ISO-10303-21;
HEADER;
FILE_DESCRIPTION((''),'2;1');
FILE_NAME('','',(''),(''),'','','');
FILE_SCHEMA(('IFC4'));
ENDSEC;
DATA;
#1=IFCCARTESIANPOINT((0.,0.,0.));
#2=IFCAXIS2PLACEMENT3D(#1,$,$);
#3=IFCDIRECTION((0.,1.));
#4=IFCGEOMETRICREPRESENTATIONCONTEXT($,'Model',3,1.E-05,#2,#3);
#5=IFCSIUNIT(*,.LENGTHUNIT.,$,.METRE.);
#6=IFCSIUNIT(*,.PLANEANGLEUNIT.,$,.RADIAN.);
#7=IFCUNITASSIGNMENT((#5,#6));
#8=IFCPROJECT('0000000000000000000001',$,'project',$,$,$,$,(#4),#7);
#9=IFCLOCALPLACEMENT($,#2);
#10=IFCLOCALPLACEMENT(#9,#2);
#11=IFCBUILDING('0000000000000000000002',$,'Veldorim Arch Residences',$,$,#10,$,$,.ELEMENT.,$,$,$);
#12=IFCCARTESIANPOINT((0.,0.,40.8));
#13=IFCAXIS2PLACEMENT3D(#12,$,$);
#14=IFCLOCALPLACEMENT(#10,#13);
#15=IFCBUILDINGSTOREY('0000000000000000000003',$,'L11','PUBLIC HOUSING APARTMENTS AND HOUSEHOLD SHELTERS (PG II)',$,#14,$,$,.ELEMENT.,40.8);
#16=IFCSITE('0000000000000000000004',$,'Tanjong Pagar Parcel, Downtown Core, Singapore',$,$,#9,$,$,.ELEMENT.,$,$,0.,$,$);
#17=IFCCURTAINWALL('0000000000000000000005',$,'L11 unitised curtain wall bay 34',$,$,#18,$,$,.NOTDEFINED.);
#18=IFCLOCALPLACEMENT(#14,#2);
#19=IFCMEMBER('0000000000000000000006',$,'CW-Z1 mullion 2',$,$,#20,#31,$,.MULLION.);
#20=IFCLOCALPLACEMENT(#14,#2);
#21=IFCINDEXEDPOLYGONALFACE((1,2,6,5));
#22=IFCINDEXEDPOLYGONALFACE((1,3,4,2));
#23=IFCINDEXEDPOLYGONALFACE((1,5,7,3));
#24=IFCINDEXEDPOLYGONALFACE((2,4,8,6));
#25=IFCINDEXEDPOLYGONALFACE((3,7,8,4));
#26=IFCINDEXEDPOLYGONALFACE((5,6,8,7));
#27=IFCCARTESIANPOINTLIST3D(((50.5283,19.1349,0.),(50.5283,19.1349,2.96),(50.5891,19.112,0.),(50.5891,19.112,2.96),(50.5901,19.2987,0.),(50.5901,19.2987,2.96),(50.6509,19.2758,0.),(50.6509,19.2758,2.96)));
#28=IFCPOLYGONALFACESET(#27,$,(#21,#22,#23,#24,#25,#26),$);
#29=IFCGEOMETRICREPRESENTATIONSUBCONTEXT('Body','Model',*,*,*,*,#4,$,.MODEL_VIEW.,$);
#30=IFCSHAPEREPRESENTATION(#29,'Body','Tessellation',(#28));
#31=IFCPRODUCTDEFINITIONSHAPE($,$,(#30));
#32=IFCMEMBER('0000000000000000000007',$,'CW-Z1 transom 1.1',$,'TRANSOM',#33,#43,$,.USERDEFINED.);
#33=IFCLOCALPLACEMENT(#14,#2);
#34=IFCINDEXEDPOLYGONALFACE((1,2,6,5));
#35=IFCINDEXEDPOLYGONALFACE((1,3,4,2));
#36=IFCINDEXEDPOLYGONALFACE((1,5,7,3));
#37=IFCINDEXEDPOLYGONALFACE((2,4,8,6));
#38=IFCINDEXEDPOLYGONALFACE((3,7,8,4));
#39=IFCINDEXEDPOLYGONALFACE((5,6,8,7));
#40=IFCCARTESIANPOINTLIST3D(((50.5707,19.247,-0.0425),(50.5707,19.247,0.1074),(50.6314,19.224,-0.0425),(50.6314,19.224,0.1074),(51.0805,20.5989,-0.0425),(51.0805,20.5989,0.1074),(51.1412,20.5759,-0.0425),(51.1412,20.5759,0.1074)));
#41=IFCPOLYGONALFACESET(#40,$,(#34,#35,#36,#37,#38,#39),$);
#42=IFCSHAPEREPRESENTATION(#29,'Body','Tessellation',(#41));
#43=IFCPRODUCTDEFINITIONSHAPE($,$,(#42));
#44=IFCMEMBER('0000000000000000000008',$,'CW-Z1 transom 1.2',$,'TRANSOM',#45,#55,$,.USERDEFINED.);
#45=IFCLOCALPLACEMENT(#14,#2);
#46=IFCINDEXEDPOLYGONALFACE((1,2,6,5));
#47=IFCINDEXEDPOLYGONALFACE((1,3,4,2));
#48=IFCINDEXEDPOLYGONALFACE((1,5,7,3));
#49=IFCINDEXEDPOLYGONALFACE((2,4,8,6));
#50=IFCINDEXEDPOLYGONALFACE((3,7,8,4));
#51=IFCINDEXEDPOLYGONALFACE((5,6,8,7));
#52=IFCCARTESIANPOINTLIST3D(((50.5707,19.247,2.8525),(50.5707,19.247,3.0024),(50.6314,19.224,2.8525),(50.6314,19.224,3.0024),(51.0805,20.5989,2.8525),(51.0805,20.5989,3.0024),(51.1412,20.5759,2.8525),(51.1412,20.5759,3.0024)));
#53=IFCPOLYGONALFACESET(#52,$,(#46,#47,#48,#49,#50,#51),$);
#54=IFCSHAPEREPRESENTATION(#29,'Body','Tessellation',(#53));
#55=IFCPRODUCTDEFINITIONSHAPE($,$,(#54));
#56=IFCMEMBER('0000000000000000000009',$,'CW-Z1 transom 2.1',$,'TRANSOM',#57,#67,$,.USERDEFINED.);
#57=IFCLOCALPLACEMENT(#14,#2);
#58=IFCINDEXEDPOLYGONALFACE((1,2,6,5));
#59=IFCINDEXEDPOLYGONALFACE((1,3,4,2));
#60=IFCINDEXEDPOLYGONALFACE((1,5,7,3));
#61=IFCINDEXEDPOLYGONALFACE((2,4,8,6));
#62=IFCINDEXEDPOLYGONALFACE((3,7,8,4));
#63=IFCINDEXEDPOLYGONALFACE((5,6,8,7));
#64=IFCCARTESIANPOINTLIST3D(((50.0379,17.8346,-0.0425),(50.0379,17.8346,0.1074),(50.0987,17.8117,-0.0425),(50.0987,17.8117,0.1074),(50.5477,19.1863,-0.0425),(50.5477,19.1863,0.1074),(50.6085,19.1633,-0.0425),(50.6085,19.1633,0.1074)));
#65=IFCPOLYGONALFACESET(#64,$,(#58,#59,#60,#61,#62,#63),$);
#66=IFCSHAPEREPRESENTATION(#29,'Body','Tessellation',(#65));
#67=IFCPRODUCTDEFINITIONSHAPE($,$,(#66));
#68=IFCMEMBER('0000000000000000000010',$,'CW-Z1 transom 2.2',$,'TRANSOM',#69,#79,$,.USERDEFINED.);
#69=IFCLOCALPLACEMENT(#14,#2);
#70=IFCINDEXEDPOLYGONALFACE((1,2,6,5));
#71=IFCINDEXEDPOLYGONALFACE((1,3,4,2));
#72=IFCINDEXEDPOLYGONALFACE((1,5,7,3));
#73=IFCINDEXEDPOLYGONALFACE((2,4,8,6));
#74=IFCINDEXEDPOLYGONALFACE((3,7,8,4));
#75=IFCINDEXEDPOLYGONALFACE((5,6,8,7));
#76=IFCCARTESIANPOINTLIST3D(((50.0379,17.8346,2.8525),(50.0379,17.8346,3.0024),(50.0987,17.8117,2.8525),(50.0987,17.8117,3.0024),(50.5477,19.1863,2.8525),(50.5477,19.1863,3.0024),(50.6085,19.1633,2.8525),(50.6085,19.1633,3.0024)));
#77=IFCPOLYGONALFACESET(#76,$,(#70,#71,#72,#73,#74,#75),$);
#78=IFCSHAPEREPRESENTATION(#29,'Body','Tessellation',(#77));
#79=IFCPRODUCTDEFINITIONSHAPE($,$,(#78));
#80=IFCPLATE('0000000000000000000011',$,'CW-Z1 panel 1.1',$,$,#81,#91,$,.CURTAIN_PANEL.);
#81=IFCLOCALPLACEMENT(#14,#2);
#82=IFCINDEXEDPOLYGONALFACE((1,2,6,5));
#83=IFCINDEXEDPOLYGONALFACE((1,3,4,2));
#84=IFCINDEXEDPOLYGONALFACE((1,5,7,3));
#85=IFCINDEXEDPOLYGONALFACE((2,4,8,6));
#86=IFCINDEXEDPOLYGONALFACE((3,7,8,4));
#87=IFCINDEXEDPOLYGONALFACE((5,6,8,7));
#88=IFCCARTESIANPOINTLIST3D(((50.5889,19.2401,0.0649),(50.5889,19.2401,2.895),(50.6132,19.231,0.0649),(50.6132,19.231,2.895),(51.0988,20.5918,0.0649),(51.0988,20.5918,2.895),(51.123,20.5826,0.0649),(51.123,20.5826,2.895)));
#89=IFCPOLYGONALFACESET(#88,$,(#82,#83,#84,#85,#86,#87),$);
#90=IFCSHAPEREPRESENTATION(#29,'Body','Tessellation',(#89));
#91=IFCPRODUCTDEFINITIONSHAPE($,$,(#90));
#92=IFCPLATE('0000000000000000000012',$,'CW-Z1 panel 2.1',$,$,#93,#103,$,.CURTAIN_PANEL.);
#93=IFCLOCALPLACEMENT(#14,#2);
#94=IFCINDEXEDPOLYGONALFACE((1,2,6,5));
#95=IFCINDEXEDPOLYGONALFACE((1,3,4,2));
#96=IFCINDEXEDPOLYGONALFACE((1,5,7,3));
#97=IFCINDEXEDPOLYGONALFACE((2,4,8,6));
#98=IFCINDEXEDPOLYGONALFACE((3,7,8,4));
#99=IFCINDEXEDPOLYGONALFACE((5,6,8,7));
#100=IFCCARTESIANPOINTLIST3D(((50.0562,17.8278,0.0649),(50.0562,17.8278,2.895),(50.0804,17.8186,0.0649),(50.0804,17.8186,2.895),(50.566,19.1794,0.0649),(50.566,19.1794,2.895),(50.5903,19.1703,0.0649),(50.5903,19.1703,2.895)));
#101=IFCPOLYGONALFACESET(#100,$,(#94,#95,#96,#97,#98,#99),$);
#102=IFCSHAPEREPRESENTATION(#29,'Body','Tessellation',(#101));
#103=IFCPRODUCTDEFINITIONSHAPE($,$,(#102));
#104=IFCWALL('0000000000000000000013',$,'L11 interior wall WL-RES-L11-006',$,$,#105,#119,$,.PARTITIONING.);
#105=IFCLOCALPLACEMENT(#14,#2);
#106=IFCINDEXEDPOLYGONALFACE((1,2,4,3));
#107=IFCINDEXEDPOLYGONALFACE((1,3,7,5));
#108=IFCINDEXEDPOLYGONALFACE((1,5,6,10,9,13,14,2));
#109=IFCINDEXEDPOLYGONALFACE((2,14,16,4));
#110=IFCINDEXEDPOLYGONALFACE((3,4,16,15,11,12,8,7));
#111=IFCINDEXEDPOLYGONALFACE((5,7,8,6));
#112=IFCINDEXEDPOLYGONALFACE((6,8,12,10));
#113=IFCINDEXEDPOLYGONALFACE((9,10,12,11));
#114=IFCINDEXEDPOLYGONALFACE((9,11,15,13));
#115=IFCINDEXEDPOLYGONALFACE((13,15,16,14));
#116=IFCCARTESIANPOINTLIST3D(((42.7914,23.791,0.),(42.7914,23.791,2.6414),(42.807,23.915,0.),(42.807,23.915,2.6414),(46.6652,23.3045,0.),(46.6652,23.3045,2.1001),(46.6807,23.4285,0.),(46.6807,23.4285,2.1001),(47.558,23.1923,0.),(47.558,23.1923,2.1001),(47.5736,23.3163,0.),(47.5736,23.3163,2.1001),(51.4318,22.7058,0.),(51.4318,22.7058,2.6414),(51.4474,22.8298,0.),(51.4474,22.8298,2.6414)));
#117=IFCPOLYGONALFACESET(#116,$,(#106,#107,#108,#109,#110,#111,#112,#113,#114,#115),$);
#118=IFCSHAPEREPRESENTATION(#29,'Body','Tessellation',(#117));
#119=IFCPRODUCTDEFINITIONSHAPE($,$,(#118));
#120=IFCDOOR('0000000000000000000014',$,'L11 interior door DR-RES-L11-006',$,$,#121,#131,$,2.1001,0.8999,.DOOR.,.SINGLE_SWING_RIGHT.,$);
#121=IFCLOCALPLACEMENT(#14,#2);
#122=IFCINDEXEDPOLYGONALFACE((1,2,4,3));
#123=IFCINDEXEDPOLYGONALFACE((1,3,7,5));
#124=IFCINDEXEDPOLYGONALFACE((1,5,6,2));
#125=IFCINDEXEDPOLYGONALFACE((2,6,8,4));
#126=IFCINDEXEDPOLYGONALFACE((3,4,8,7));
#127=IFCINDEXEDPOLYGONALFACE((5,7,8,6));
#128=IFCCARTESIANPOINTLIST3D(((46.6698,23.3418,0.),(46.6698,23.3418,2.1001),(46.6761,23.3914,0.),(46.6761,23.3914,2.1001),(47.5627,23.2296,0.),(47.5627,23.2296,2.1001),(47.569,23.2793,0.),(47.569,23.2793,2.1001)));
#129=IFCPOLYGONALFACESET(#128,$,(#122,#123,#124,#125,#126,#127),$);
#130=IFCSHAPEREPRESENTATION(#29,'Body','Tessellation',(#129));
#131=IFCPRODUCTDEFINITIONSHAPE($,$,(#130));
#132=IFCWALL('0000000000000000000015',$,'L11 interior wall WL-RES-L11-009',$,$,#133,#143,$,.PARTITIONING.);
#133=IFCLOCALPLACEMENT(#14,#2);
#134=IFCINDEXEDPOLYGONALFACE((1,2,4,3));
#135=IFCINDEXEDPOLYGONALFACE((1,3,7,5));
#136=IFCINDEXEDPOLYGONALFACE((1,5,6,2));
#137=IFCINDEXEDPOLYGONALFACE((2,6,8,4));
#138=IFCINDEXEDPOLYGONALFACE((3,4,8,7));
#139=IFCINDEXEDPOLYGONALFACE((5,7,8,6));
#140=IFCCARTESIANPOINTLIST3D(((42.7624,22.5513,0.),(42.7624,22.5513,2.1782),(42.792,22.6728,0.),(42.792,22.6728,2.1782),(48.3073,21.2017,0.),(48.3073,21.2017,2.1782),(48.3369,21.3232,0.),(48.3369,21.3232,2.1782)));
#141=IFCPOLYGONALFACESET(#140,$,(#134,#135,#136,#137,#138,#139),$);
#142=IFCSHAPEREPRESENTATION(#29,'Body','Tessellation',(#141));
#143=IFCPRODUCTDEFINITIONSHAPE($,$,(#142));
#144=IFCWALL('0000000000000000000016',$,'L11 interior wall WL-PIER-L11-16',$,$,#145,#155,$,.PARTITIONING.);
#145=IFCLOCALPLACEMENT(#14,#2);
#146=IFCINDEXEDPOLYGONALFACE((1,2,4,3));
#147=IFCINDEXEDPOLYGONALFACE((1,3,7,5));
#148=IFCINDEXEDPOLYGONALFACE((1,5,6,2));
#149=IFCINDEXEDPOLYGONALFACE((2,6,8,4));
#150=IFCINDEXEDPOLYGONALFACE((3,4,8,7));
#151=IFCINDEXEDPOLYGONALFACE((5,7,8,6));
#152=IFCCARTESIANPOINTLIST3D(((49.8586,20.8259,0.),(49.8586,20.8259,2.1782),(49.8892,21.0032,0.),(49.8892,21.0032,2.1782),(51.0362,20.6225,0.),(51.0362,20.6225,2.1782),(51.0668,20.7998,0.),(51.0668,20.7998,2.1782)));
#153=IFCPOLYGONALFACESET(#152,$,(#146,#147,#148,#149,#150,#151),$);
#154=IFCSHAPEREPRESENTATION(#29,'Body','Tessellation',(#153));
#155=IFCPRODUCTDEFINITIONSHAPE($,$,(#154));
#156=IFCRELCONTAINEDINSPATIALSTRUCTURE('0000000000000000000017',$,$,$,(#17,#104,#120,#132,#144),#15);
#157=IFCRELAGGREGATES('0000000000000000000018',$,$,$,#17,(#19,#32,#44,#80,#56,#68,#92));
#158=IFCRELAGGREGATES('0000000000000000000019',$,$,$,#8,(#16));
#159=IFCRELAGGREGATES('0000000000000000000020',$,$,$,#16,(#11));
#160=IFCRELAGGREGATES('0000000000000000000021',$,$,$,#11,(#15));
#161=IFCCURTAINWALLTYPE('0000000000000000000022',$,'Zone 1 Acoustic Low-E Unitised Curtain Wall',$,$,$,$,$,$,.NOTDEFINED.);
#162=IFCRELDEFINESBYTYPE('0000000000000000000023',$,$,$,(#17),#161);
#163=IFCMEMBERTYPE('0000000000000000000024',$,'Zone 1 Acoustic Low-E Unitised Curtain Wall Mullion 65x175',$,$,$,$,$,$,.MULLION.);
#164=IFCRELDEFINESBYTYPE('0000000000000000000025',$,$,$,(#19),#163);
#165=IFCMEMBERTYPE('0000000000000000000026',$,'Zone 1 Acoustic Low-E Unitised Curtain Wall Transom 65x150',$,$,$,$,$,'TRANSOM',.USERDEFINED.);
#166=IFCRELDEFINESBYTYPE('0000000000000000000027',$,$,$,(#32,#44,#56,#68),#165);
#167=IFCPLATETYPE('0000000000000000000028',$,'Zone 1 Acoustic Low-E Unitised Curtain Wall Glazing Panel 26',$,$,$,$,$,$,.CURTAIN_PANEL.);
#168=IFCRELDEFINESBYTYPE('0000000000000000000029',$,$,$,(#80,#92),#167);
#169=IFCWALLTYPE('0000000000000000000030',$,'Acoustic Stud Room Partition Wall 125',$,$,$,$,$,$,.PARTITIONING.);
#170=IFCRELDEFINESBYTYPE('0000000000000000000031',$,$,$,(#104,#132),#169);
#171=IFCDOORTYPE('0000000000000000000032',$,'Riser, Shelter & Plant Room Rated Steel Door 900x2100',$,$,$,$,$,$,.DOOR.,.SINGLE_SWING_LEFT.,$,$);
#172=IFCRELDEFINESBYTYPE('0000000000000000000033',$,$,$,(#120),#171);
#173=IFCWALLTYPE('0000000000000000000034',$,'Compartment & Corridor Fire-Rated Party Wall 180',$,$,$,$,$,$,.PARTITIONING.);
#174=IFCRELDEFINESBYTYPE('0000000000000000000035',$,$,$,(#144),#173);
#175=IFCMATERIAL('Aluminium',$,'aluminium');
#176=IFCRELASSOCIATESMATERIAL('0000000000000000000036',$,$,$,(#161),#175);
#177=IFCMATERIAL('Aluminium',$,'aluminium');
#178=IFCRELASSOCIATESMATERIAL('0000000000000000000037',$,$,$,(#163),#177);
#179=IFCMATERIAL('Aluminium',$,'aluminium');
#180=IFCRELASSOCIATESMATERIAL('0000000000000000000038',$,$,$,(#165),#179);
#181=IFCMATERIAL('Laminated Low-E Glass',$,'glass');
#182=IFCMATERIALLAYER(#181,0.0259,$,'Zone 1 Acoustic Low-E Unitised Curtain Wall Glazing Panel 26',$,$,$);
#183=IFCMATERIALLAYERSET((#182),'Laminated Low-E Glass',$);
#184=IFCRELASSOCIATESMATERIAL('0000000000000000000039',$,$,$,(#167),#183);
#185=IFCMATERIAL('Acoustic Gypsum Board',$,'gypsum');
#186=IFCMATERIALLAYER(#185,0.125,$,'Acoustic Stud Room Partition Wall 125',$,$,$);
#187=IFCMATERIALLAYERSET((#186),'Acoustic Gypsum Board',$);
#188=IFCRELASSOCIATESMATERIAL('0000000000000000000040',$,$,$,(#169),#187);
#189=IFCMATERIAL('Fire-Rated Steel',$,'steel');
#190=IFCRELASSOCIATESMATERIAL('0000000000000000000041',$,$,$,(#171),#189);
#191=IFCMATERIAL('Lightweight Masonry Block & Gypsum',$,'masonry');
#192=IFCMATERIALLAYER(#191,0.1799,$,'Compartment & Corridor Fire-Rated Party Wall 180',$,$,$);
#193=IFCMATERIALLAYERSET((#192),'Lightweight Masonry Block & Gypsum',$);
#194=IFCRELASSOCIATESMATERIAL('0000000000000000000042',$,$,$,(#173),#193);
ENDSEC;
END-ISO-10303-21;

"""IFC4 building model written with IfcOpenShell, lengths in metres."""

from ifc_helpers import new_model, si_unit, direction, frame, frame_2d, origin, origin_2d, place, context, subcontext, project, spatial, rectangle, extrude, material, layer, layer_set, material_profile, profile_set, type_object, element, fill, aggregate, save


model = new_model("IFC4")

# Units and contexts
model_context = context("Model", 3, precision=1e-05, world=origin(), true_north=direction((0.0, 1.0)))
body_context = subcontext(model_context, "Body", "Model", "MODEL_VIEW")
ifc_project = project(units=[si_unit("LENGTHUNIT", "METRE"), si_unit("PLANEANGLEUNIT", "RADIAN")], contexts=[model_context])

# Site, building, storey
site_placement = place(None, origin())
site = spatial("IfcSite", under=ifc_project, at=site_placement, Name="Tanjong Pagar Parcel, Downtown Core, Singapore", CompositionType="ELEMENT", RefElevation=0.0)
building_placement = place(site_placement, origin())
building = spatial("IfcBuilding", under=site, at=building_placement, Name="Veldorim Arch Residences", CompositionType="ELEMENT")
storey_placement = place(building_placement, frame((0.0, 0.0, 40.8)))
storey = spatial("IfcBuildingStorey", under=building, at=storey_placement, Name="L11", Description="PUBLIC HOUSING APARTMENTS AND HOUSEHOLD SHELTERS (PG II)", CompositionType="ELEMENT", Elevation=40.8)

# Curtain wall, members, plates
ifc_material_1 = material(Name="Aluminium", Category="aluminium")
curtain_wall_type = type_object("IfcCurtainWallType", Name="Zone 1 Acoustic Low-E Unitised Curtain Wall", PredefinedType="NOTDEFINED", material=ifc_material_1)
curtain_wall_placement = place(storey_placement, origin())
curtain_wall = element("IfcCurtainWall", 1, at=curtain_wall_placement, inside=storey, type_object=curtain_wall_type, Name="L11 unitised curtain wall bay 34", PredefinedType="NOTDEFINED")
ifc_material_2 = material(Name="Aluminium", Category="aluminium")
ifc_material_profile_1 = material_profile(ifc_material_2, rectangle(XDim=0.0649, YDim=0.175, at=origin_2d()), Name="ALU_MUL_65x175")
ifc_profile_set_1 = profile_set([ifc_material_profile_1], Name="Aluminium")
member_type_1 = type_object("IfcMemberType", Name="Zone 1 Acoustic Low-E Unitised Curtain Wall Mullion 65x175", PredefinedType="MULLION", material=ifc_profile_set_1)
member_1_placement = place(storey_placement, frame((50.5896, 19.2053, 0.0), z_axis=(0.0, 0.0, 1.0), x_axis=(0.935656, -0.352914, 0.0)))
member_1 = element("IfcMember", 2, at=member_1_placement, type_object=member_type_1, Name="CW-Z1 mullion 2", PredefinedType="MULLION", context=body_context, shape_type="SweptSolid", body=[
    extrude(rectangle(XDim=0.0649, YDim=0.175, at=origin_2d()), origin(), (0.0, 0.0, 1.0), 2.96),
])
ifc_material_3 = material(Name="Aluminium", Category="aluminium")
ifc_material_profile_2 = material_profile(ifc_material_3, rectangle(XDim=0.0649, YDim=0.1499, at=origin_2d()), Name="ALU_TRN_65x150")
ifc_profile_set_2 = profile_set([ifc_material_profile_2], Name="Aluminium")
member_type_2 = type_object("IfcMemberType", Name="Zone 1 Acoustic Low-E Unitised Curtain Wall Transom 65x150", ElementType="TRANSOM", PredefinedType="USERDEFINED", material=ifc_profile_set_2)
member_2_placement = place(storey_placement, frame((51.1108, 20.5874, 0.0325), z_axis=(-0.352845, -0.935682, 0.0), x_axis=(0.935682, -0.352845, 0.0)))
member_2 = element("IfcMember", 3, at=member_2_placement, type_object=member_type_2, Name="CW-Z1 transom 1.1", ObjectType="TRANSOM", PredefinedType="USERDEFINED", context=body_context, shape_type="SweptSolid", body=[
    extrude(rectangle(XDim=0.0649, YDim=0.1499, at=origin_2d()), origin(), (0.0, 0.0, 1.0), 1.4448),
])
member_3_placement = place(storey_placement, frame((51.1108, 20.5874, 2.9275), z_axis=(-0.352845, -0.935682, 0.0), x_axis=(0.935682, -0.352845, 0.0)))
member_3 = element("IfcMember", 4, at=member_3_placement, type_object=member_type_2, Name="CW-Z1 transom 1.2", ObjectType="TRANSOM", PredefinedType="USERDEFINED", context=body_context, shape_type="SweptSolid", body=[
    extrude(rectangle(XDim=0.0649, YDim=0.1499, at=origin_2d()), origin(), (0.0, 0.0, 1.0), 1.4448),
])
member_4_placement = place(storey_placement, frame((50.5781, 19.1748, 0.0325), z_axis=(-0.352901, -0.935661, 0.0), x_axis=(0.935661, -0.352901, 0.0)))
member_4 = element("IfcMember", 5, at=member_4_placement, type_object=member_type_2, Name="CW-Z1 transom 2.1", ObjectType="TRANSOM", PredefinedType="USERDEFINED", context=body_context, shape_type="SweptSolid", body=[
    extrude(rectangle(XDim=0.0649, YDim=0.1499, at=origin_2d()), origin(), (0.0, 0.0, 1.0), 1.4446),
])
member_5_placement = place(storey_placement, frame((50.5781, 19.1748, 2.9275), z_axis=(-0.352901, -0.935661, 0.0), x_axis=(0.935661, -0.352901, 0.0)))
member_5 = element("IfcMember", 6, at=member_5_placement, type_object=member_type_2, Name="CW-Z1 transom 2.2", ObjectType="TRANSOM", PredefinedType="USERDEFINED", context=body_context, shape_type="SweptSolid", body=[
    extrude(rectangle(XDim=0.0649, YDim=0.1499, at=origin_2d()), origin(), (0.0, 0.0, 1.0), 1.4446),
])
ifc_material_4 = material(Name="Laminated Low-E Glass", Category="glass")
ifc_layer_1 = layer(ifc_material_4, 0.0259, Name="Zone 1 Acoustic Low-E Unitised Curtain Wall Glazing Panel 26")
ifc_layer_set_1 = layer_set([ifc_layer_1], Name="Laminated Low-E Glass")
plate_type = type_object("IfcPlateType", Name="Zone 1 Acoustic Low-E Unitised Curtain Wall Glazing Panel 26", PredefinedType="CURTAIN_PANEL", material=ifc_layer_set_1)
plate_1_placement = place(storey_placement, frame((50.856, 19.9114, 0.0649), z_axis=(0.0, 0.0, 1.0), x_axis=(-0.352914, -0.935656, 0.0)))
plate_1 = element("IfcPlate", 7, at=plate_1_placement, type_object=plate_type, Name="CW-Z1 panel 1.1", PredefinedType="CURTAIN_PANEL", context=body_context, shape_type="SweptSolid", body=[
    extrude(rectangle(XDim=1.4446, YDim=0.0259, at=origin_2d()), origin(), (0.0, 0.0, 1.0), 2.8301),
])
plate_2_placement = place(storey_placement, frame((50.3232, 18.499, 0.0649), z_axis=(0.0, 0.0, 1.0), x_axis=(-0.352914, -0.935656, 0.0)))
plate_2 = element("IfcPlate", 8, at=plate_2_placement, type_object=plate_type, Name="CW-Z1 panel 2.1", PredefinedType="CURTAIN_PANEL", context=body_context, shape_type="SweptSolid", body=[
    extrude(rectangle(XDim=1.4446, YDim=0.0259, at=origin_2d()), origin(), (0.0, 0.0, 1.0), 2.8301),
])
aggregate(curtain_wall, [member_1, member_2, member_3, plate_1, member_4, member_5, plate_2])

# Wall, opening, door
ifc_material_5 = material(Name="Acoustic Gypsum Board", Category="gypsum")
ifc_layer_2 = layer(ifc_material_5, 0.125, Name="Acoustic Stud Room Partition Wall 125")
ifc_layer_set_2 = layer_set([ifc_layer_2], Name="Acoustic Gypsum Board")
wall_type_1 = type_object("IfcWallType", Name="Acoustic Stud Room Partition Wall 125", PredefinedType="PARTITIONING", material=ifc_layer_set_2)
wall_1_placement = place(storey_placement, frame((51.4395, 22.7678, 0.0), z_axis=(0.0, 0.0, 1.0), x_axis=(-0.992205, 0.124618, 0.0)))
wall_1 = element("IfcWall", 9, at=wall_1_placement, inside=storey, type_object=wall_type_1, Name="L11 interior wall WL-RES-L11-006", PredefinedType="PARTITIONING", context=body_context, shape_type="SweptSolid", body=[
    extrude(rectangle(XDim=8.7083, YDim=0.125, at=frame_2d((4.354, 0.0))), origin(), (0.0, 0.0, 1.0), 2.6414),
])
opening_1_placement = place(wall_1_placement, frame((3.9041, 0.0, 0.0)))
opening_1 = element("IfcOpeningElement", 10, at=opening_1_placement, cuts=wall_1, PredefinedType="OPENING", context=body_context, shape_type="SweptSolid", body=[
    extrude(rectangle(XDim=0.8999, YDim=2.1001, at=frame_2d((0.45, 1.05))), frame((0.0, 0.0725, 0.0), z_axis=(0.0, -1.0, 0.0), x_axis=(1.0, 0.0, 0.0)), (0.0, 0.0, 1.0), 0.145),
])
ifc_material_6 = material(Name="Fire-Rated Steel", Category="steel")
door_type_1 = type_object("IfcDoorType", Name="Riser, Shelter & Plant Room Rated Steel Door 900x2100", OperationType="SINGLE_SWING_LEFT", PredefinedType="DOOR", material=ifc_material_6)
door_1_placement = place(opening_1_placement, origin())
door_1 = element("IfcDoor", 11, at=door_1_placement, inside=storey, type_object=door_type_1, Name="L11 interior door DR-RES-L11-006", OperationType="SINGLE_SWING_RIGHT", OverallHeight=2.1001, OverallWidth=0.8999, PredefinedType="DOOR", context=body_context, shape_type="SweptSolid", body=[
    extrude(rectangle(XDim=0.8999, YDim=2.1001, at=frame_2d((0.45, 1.05))), frame((0.0, 0.0249, 0.0), z_axis=(0.0, -1.0, 0.0), x_axis=(1.0, 0.0, 0.0)), (0.0, 0.0, 1.0), 0.05),
])
fill(opening_1, door_1)

# Walls
wall_2_placement = place(storey_placement, frame((42.7771, 22.6121, 0.0), z_axis=(0.0, 0.0, 1.0), x_axis=(0.971634, -0.236491, 0.0)))
element("IfcWall", 12, at=wall_2_placement, inside=storey, type_object=wall_type_1, Name="L11 interior wall WL-RES-L11-009", PredefinedType="PARTITIONING", context=body_context, shape_type="SweptSolid", body=[
    extrude(rectangle(XDim=5.7068, YDim=0.125, at=frame_2d((2.8535, 0.0))), origin(), (0.0, 0.0, 1.0), 2.1782),
])
ifc_material_7 = material(Name="Lightweight Masonry Block & Gypsum", Category="masonry")
ifc_layer_3 = layer(ifc_material_7, 0.1799, Name="Compartment & Corridor Fire-Rated Party Wall 180")
ifc_layer_set_3 = layer_set([ifc_layer_3], Name="Lightweight Masonry Block & Gypsum")
wall_type_2 = type_object("IfcWallType", Name="Compartment & Corridor Fire-Rated Party Wall 180", PredefinedType="PARTITIONING", material=ifc_layer_set_3)
wall_3_placement = place(storey_placement, frame((49.8738, 20.9146, 0.0), z_axis=(0.0, 0.0, 1.0), x_axis=(0.985416, -0.17016, 0.0)))
element("IfcWall", 13, at=wall_3_placement, inside=storey, type_object=wall_type_2, Name="L11 interior wall WL-PIER-L11-16", PredefinedType="PARTITIONING", context=body_context, shape_type="SweptSolid", body=[
    extrude(rectangle(XDim=1.1951, YDim=0.1799, at=frame_2d((0.5977, 0.0))), origin(), (0.0, 0.0, 1.0), 2.1782),
])

save(model, "model.ifc")
